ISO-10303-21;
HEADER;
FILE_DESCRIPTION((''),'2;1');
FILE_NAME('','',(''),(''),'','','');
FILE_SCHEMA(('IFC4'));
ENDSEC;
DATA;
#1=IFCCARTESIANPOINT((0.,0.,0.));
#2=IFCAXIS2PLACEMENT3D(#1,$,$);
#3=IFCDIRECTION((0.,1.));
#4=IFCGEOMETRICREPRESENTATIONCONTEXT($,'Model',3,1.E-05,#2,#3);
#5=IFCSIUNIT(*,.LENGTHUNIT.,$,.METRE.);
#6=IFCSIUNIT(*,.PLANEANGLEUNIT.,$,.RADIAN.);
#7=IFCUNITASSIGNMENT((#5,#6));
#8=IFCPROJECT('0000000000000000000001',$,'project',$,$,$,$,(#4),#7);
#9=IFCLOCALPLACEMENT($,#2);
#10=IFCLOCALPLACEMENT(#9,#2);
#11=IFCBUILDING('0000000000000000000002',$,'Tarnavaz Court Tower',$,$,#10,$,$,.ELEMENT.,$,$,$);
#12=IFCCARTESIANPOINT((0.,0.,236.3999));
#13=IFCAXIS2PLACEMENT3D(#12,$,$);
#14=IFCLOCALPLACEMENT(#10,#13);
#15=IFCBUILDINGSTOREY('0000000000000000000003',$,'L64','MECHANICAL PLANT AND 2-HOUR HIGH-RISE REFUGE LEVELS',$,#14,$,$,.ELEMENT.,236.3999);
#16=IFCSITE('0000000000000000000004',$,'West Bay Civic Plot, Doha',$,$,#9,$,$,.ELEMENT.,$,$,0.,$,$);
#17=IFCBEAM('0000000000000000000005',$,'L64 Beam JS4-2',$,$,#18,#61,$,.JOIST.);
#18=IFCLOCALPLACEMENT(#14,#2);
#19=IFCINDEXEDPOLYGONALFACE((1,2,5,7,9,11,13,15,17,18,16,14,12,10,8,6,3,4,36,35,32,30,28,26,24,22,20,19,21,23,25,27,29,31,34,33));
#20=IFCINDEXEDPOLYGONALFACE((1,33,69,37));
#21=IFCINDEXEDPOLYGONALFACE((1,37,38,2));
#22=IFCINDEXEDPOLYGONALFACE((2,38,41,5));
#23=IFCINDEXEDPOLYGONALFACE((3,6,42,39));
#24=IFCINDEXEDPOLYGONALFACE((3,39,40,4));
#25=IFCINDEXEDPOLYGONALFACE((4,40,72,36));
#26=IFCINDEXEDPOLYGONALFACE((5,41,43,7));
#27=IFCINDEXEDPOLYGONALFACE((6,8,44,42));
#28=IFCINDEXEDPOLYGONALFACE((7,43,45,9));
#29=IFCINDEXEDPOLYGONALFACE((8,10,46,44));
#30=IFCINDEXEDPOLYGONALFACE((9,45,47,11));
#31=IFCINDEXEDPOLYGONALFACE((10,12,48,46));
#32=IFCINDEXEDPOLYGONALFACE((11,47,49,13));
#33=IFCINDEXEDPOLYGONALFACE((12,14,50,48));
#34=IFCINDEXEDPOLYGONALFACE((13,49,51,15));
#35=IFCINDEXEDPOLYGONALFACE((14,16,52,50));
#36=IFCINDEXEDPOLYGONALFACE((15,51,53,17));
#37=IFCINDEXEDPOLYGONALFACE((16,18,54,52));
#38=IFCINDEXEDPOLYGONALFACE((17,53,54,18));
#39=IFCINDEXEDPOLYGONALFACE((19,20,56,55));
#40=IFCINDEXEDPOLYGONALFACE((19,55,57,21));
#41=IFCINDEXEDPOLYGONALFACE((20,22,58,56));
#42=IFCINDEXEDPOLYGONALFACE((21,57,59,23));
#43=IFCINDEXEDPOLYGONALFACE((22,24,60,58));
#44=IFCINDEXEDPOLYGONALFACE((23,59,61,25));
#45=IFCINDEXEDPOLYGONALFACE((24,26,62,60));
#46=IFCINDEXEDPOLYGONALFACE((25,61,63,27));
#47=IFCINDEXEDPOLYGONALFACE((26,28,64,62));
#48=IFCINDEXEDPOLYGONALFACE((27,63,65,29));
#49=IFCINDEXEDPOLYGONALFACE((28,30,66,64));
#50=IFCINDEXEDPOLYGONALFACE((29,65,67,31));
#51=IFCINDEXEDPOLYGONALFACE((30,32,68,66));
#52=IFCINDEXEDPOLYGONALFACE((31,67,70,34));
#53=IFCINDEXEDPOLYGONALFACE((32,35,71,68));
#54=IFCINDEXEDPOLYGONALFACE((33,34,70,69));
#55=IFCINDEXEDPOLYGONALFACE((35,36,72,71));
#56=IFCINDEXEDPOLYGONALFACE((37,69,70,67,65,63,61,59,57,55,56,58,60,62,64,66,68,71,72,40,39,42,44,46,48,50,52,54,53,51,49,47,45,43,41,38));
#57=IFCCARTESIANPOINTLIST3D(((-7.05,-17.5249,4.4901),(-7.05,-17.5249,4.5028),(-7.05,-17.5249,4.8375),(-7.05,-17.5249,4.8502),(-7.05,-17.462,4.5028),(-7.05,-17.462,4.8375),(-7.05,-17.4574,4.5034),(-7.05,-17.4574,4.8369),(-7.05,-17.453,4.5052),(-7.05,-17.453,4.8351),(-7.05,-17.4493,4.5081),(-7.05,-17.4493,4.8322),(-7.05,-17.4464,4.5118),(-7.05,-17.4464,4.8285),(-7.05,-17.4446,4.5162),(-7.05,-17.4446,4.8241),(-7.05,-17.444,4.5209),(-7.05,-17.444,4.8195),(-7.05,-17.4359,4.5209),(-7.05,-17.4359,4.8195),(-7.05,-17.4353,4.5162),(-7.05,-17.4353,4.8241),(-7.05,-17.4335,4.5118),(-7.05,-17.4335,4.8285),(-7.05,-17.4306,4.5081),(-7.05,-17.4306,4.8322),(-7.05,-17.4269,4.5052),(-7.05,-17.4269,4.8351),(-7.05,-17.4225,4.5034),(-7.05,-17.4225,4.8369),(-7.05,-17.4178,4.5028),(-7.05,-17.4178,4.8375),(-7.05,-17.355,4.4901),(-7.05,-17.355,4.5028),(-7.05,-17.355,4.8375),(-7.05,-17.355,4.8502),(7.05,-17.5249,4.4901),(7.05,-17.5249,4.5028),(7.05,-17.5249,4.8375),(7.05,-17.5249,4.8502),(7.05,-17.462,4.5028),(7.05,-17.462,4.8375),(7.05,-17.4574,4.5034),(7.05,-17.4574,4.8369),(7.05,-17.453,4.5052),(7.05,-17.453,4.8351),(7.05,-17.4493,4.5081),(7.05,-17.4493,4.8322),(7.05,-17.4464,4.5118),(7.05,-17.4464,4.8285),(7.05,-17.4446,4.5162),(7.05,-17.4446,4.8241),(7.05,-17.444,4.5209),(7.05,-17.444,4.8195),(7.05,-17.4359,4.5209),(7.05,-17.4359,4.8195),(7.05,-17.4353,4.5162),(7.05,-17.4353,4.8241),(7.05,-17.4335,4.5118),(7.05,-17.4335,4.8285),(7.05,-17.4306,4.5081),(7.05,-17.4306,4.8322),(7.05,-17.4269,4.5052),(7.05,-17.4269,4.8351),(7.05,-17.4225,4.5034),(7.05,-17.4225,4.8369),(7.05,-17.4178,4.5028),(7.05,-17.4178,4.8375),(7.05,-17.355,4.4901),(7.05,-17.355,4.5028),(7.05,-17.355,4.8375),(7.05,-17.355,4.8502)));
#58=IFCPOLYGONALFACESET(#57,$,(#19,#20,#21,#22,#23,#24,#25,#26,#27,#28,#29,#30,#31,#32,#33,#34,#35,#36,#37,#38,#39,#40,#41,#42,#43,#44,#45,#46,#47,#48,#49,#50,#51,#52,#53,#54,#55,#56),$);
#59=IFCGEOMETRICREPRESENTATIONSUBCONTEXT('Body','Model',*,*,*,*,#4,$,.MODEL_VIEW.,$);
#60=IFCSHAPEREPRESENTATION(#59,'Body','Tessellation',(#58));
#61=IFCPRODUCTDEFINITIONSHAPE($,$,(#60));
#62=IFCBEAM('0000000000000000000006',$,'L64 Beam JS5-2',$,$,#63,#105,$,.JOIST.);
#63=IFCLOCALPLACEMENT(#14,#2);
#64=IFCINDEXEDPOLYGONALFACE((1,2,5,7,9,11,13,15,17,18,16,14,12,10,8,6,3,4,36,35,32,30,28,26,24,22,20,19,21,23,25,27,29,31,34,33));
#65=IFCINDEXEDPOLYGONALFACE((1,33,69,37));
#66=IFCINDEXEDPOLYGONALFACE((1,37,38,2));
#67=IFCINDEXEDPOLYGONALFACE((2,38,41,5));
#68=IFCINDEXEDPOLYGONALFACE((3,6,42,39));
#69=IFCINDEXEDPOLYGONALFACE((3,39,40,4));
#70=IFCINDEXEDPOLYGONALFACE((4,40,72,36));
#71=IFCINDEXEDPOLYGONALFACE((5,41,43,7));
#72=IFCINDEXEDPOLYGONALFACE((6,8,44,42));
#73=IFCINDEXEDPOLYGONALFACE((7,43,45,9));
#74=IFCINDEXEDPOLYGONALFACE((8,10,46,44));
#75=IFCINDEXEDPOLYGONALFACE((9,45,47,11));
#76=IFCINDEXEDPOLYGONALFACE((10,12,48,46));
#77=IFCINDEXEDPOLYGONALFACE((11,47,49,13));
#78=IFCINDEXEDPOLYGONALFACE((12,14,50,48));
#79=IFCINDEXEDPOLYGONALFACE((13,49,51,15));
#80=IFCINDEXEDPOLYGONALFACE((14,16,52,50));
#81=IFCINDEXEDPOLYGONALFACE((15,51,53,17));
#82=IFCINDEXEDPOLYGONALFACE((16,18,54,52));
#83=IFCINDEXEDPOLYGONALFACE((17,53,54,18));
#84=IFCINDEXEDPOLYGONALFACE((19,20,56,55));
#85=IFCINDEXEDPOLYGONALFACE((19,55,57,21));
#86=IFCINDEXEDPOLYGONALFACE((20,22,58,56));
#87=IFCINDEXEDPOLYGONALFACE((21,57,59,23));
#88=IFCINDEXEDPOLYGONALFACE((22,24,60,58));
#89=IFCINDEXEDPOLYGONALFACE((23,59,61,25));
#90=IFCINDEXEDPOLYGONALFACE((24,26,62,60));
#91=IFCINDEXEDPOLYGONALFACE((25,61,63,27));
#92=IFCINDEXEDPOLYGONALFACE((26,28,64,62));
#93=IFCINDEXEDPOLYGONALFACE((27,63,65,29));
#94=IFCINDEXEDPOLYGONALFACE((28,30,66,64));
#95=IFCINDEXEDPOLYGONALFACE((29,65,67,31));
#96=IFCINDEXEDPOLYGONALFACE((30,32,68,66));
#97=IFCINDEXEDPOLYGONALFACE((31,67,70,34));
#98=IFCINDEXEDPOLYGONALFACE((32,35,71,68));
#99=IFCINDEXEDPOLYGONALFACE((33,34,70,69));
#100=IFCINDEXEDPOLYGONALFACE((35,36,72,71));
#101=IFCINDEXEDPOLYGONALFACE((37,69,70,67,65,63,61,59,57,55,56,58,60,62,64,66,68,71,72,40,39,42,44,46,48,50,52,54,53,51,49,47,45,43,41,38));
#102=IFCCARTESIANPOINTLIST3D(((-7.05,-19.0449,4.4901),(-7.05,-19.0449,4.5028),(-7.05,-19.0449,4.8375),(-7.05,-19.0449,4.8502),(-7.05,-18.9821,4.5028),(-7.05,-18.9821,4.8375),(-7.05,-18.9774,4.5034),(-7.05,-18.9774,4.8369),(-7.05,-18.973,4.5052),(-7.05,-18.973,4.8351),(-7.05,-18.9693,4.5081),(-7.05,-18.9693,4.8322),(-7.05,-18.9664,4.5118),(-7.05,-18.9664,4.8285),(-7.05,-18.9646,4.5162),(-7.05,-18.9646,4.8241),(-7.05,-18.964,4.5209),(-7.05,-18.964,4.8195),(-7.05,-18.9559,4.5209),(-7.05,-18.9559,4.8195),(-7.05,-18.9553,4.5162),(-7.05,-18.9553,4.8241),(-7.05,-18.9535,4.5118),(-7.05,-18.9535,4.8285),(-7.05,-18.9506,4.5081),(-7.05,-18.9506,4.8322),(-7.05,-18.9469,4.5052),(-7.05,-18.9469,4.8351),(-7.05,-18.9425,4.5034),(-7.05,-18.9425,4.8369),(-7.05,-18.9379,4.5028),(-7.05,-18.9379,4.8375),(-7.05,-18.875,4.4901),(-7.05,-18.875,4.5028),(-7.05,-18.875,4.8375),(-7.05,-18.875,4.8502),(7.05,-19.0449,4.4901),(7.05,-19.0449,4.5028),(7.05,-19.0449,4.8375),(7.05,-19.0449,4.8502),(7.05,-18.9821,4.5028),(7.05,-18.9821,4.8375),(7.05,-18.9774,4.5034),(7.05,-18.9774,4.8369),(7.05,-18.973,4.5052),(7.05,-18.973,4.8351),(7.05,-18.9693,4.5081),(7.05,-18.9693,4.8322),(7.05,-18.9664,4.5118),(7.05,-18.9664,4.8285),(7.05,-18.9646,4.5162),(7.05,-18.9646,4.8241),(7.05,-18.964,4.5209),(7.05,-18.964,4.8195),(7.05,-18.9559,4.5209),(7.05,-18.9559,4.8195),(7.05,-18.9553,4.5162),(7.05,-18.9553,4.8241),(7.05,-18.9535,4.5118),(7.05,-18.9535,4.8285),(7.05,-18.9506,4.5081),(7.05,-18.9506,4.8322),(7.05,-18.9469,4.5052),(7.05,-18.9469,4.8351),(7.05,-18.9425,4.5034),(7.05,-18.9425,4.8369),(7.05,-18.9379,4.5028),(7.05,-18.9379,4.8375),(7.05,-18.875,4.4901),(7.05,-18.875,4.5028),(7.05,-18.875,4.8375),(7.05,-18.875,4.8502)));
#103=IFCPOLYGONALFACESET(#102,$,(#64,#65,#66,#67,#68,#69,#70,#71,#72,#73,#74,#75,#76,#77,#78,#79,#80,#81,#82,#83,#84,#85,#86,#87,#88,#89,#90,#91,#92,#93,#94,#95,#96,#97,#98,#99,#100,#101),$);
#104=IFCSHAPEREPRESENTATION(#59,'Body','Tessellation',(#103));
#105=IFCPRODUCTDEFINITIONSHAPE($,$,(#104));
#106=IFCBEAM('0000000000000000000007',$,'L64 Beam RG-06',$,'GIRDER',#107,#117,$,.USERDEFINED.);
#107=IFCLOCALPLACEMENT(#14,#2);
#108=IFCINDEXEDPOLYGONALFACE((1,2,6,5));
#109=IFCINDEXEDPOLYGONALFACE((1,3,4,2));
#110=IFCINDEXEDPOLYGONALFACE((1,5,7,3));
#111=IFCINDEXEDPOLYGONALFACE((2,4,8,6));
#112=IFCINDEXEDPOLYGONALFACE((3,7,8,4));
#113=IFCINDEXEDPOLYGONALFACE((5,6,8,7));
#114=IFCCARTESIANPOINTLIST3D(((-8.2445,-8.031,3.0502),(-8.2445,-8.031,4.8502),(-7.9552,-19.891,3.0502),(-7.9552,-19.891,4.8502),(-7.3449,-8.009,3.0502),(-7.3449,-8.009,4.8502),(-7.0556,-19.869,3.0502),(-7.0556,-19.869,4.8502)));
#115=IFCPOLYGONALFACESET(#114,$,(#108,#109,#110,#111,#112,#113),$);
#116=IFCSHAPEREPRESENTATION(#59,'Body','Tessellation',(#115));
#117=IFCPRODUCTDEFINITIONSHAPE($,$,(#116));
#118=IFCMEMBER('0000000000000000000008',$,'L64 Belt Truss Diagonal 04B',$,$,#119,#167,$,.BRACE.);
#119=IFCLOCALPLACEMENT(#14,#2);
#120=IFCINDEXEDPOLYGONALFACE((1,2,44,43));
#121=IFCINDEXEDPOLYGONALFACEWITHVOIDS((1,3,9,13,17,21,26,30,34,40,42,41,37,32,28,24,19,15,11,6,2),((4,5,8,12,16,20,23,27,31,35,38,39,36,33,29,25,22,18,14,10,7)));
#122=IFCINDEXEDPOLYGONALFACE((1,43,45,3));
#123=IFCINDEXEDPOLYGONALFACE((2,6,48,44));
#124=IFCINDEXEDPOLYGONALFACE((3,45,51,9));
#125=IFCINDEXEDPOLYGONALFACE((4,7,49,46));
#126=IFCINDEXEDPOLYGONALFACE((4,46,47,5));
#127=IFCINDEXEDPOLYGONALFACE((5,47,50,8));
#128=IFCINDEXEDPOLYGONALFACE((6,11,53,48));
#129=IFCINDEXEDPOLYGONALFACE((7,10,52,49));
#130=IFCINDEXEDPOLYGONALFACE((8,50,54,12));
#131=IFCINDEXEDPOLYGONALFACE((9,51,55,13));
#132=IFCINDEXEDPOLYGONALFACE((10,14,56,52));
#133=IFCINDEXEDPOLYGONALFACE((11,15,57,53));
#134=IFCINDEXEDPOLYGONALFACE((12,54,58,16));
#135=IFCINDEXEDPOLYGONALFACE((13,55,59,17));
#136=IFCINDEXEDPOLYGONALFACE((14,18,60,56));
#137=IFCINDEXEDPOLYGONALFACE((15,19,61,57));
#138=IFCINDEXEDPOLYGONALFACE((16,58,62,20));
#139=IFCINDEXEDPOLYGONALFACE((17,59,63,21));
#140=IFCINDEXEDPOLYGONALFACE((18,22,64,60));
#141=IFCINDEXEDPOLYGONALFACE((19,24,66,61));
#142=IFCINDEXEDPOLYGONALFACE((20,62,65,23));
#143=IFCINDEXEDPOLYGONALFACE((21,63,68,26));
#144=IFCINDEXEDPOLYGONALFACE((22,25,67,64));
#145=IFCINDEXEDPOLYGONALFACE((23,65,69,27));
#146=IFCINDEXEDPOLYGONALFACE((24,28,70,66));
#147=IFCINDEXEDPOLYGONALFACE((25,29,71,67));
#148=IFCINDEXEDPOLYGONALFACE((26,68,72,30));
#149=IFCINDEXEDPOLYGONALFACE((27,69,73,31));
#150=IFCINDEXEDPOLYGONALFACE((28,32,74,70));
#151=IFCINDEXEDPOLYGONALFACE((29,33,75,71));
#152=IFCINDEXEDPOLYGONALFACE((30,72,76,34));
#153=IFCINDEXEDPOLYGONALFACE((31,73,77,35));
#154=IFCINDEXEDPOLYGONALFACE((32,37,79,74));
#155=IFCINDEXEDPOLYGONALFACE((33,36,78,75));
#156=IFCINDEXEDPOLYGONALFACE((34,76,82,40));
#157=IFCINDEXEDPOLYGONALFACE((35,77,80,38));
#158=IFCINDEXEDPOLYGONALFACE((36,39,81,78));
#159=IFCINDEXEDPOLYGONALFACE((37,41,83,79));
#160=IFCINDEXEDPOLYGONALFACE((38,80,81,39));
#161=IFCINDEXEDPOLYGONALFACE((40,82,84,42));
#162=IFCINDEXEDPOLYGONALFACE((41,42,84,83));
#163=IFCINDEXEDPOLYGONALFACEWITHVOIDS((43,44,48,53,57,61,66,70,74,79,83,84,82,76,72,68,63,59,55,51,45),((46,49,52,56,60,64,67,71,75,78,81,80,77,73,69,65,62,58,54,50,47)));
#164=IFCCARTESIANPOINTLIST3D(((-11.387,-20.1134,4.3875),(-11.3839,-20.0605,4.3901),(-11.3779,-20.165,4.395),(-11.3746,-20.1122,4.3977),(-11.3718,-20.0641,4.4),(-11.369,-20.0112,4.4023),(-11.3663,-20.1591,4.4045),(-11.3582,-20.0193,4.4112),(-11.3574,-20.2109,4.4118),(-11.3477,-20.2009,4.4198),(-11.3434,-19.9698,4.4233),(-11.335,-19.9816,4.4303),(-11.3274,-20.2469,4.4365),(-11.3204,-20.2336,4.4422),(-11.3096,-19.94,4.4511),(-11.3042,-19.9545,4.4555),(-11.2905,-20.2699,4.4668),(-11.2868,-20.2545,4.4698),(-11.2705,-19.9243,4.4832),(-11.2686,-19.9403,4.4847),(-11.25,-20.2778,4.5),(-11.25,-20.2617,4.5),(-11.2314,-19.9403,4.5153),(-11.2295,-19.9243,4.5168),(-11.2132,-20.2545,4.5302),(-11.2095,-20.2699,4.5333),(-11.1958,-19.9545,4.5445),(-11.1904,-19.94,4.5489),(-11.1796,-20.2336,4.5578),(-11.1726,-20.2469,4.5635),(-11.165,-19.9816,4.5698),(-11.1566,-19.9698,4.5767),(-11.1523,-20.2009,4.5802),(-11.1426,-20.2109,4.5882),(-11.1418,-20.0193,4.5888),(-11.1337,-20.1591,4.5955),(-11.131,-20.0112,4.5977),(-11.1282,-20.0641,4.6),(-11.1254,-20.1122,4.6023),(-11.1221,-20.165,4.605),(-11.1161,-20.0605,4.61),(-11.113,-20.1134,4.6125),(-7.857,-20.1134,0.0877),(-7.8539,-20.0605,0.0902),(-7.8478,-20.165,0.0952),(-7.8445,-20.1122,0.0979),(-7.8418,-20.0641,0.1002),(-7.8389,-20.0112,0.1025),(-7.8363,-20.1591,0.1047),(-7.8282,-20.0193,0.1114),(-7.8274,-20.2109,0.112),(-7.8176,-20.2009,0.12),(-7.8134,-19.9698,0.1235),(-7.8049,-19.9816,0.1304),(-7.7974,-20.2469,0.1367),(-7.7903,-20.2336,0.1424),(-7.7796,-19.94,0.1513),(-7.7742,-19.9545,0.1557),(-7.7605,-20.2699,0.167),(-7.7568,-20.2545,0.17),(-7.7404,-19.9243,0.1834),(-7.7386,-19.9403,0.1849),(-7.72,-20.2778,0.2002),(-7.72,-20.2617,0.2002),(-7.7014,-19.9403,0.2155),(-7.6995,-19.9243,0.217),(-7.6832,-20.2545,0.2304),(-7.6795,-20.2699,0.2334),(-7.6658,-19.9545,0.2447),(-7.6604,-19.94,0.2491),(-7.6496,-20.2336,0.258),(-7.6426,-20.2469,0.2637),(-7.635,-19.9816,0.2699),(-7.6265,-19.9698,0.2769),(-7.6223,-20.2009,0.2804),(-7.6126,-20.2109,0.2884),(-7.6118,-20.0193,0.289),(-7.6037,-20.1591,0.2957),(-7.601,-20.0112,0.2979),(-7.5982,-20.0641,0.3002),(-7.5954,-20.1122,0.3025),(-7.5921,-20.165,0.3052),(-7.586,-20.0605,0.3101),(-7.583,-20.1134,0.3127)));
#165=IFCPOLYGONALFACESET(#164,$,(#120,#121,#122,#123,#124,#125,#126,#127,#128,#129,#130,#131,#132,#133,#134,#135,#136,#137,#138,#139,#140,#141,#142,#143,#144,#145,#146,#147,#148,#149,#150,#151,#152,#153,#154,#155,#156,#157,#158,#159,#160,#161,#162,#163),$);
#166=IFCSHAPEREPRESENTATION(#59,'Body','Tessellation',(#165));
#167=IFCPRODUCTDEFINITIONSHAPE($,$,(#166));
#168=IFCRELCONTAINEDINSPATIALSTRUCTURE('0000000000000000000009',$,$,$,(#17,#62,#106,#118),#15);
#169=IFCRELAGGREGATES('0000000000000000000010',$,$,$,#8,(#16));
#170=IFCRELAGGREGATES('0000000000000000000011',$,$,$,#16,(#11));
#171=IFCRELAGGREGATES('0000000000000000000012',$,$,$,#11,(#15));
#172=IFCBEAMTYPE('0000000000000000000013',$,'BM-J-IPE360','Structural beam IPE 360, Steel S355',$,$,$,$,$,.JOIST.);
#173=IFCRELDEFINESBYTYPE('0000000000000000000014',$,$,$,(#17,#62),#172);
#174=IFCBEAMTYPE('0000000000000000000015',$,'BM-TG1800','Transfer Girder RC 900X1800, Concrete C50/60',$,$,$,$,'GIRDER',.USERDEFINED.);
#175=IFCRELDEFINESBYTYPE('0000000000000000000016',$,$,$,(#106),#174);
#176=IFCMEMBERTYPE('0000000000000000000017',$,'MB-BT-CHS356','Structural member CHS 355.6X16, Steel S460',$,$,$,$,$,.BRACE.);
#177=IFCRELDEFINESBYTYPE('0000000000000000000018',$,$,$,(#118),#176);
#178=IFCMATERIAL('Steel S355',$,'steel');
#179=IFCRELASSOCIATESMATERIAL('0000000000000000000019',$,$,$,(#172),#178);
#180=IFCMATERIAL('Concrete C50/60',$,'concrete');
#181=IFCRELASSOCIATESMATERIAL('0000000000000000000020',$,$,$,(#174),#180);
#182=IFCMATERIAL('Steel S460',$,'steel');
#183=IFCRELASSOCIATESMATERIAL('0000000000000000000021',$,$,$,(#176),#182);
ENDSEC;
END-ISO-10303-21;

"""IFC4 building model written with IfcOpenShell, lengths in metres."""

from ifc_helpers import new_model, si_unit, direction, frame, origin, origin_2d, place, context, subcontext, project, spatial, rectangle, hollow_circle, i_section, extrude, material, material_profile, profile_set, type_object, element, save


model = new_model("IFC4")

# Units and contexts
model_context = context("Model", 3, precision=1e-05, world=origin(), true_north=direction((0.0, 1.0)))
body_context = subcontext(model_context, "Body", "Model", "MODEL_VIEW")
ifc_project = project(units=[si_unit("LENGTHUNIT", "METRE"), si_unit("PLANEANGLEUNIT", "RADIAN")], contexts=[model_context])

# Site, building, storey
site_placement = place(None, origin())
site = spatial("IfcSite", under=ifc_project, at=site_placement, Name="West Bay Civic Plot, Doha", CompositionType="ELEMENT", RefElevation=0.0)
building_placement = place(site_placement, origin())
building = spatial("IfcBuilding", under=site, at=building_placement, Name="Tarnavaz Court Tower", CompositionType="ELEMENT")
storey_placement = place(building_placement, frame((0.0, 0.0, 236.3999)))
storey = spatial("IfcBuildingStorey", under=building, at=storey_placement, Name="L64", Description="MECHANICAL PLANT AND 2-HOUR HIGH-RISE REFUGE LEVELS", CompositionType="ELEMENT", Elevation=236.3999)

# Shared definitions
ifc_material_1 = material(Name="Steel S460", Category="steel")

# Beams
ifc_material_2 = material(Name="Steel S355", Category="steel")
ifc_material_profile_1 = material_profile(ifc_material_2, i_section(OverallWidth=0.1699, OverallDepth=0.3601, WebThickness=0.0081, FlangeThickness=0.0127, FilletRadius=0.0181, at=origin_2d()), Name="IPE 360")
ifc_profile_set_1 = profile_set([ifc_material_profile_1], Name="Steel S355")
beam_type_1 = type_object("IfcBeamType", Name="BM-J-IPE360", Description="Structural beam IPE 360, Steel S355", PredefinedType="JOIST", material=ifc_profile_set_1)
for number, where, z_axis, x_axis, name in (
    (1, (-7.05, -17.4399, 4.6702), (1.0, 0.0, 0.0), (0.0, 1.0, 0.0), "L64 Beam JS4-2"),
    (2, (-7.05, -18.96, 4.6702), (1.0, 0.0, 0.0), (0.0, 1.0, 0.0), "L64 Beam JS5-2"),
):
    element("IfcBeam", number, at=place(storey_placement, frame(where, z_axis=z_axis, x_axis=x_axis)), inside=storey, type_object=beam_type_1, Name=name, PredefinedType="JOIST", context=body_context, shape_type="SweptSolid", body=[
        extrude(i_section(OverallWidth=0.1699, OverallDepth=0.3601, WebThickness=0.0081, FlangeThickness=0.0127, FilletRadius=0.0181, at=origin_2d()), origin(), (0.0, 0.0, 1.0), 14.1001),
    ])
ifc_material_3 = material(Name="Concrete C50/60", Category="concrete")
ifc_material_profile_2 = material_profile(ifc_material_3, rectangle(XDim=0.8999, YDim=1.8, at=origin_2d()), Name="RC 900X1800")
ifc_profile_set_2 = profile_set([ifc_material_profile_2], Name="Concrete C50/60")
beam_type_2 = type_object("IfcBeamType", Name="BM-TG1800", Description="Transfer Girder RC 900X1800, Concrete C50/60", ElementType="GIRDER", PredefinedType="USERDEFINED", material=ifc_profile_set_2)
beam_1_placement = place(storey_placement, frame((-7.7947, -8.02, 3.9502), z_axis=(0.024386, -0.999703, 0.0), x_axis=(0.999703, 0.024386, 0.0)))
element("IfcBeam", 3, at=beam_1_placement, inside=storey, type_object=beam_type_2, Name="L64 Beam RG-06", ObjectType="GIRDER", PredefinedType="USERDEFINED", context=body_context, shape_type="SweptSolid", body=[
    extrude(rectangle(XDim=0.8999, YDim=1.8, at=origin_2d()), origin(), (0.0, 0.0, 1.0), 11.8635),
])

# Member
ifc_material_profile_3 = material_profile(ifc_material_1, hollow_circle(Radius=0.1777, WallThickness=0.0161, at=origin_2d()), Name="CHS 355.6X16")
ifc_profile_set_3 = profile_set([ifc_material_profile_3], Name="Steel S460")
member_type_1 = type_object("IfcMemberType", Name="MB-BT-CHS356", Description="Structural member CHS 355.6X16, Steel S460", PredefinedType="BRACE", material=ifc_profile_set_3)
member_1_placement = place(storey_placement, frame((-7.72, -20.1001, 0.2002), z_axis=(-0.63453, 0.0, 0.772898), x_axis=(0.0, -1.0, 0.0)))
element("IfcMember", 4, at=member_1_placement, inside=storey, type_object=member_type_1, Name="L64 Belt Truss Diagonal 04B", PredefinedType="BRACE", context=body_context, shape_type="SweptSolid", body=[
    extrude(hollow_circle(Radius=0.1777, WallThickness=0.0161, at=origin_2d()), origin(), (0.0, 0.0, 1.0), 5.5632),
])

save(model, "model.ifc")
